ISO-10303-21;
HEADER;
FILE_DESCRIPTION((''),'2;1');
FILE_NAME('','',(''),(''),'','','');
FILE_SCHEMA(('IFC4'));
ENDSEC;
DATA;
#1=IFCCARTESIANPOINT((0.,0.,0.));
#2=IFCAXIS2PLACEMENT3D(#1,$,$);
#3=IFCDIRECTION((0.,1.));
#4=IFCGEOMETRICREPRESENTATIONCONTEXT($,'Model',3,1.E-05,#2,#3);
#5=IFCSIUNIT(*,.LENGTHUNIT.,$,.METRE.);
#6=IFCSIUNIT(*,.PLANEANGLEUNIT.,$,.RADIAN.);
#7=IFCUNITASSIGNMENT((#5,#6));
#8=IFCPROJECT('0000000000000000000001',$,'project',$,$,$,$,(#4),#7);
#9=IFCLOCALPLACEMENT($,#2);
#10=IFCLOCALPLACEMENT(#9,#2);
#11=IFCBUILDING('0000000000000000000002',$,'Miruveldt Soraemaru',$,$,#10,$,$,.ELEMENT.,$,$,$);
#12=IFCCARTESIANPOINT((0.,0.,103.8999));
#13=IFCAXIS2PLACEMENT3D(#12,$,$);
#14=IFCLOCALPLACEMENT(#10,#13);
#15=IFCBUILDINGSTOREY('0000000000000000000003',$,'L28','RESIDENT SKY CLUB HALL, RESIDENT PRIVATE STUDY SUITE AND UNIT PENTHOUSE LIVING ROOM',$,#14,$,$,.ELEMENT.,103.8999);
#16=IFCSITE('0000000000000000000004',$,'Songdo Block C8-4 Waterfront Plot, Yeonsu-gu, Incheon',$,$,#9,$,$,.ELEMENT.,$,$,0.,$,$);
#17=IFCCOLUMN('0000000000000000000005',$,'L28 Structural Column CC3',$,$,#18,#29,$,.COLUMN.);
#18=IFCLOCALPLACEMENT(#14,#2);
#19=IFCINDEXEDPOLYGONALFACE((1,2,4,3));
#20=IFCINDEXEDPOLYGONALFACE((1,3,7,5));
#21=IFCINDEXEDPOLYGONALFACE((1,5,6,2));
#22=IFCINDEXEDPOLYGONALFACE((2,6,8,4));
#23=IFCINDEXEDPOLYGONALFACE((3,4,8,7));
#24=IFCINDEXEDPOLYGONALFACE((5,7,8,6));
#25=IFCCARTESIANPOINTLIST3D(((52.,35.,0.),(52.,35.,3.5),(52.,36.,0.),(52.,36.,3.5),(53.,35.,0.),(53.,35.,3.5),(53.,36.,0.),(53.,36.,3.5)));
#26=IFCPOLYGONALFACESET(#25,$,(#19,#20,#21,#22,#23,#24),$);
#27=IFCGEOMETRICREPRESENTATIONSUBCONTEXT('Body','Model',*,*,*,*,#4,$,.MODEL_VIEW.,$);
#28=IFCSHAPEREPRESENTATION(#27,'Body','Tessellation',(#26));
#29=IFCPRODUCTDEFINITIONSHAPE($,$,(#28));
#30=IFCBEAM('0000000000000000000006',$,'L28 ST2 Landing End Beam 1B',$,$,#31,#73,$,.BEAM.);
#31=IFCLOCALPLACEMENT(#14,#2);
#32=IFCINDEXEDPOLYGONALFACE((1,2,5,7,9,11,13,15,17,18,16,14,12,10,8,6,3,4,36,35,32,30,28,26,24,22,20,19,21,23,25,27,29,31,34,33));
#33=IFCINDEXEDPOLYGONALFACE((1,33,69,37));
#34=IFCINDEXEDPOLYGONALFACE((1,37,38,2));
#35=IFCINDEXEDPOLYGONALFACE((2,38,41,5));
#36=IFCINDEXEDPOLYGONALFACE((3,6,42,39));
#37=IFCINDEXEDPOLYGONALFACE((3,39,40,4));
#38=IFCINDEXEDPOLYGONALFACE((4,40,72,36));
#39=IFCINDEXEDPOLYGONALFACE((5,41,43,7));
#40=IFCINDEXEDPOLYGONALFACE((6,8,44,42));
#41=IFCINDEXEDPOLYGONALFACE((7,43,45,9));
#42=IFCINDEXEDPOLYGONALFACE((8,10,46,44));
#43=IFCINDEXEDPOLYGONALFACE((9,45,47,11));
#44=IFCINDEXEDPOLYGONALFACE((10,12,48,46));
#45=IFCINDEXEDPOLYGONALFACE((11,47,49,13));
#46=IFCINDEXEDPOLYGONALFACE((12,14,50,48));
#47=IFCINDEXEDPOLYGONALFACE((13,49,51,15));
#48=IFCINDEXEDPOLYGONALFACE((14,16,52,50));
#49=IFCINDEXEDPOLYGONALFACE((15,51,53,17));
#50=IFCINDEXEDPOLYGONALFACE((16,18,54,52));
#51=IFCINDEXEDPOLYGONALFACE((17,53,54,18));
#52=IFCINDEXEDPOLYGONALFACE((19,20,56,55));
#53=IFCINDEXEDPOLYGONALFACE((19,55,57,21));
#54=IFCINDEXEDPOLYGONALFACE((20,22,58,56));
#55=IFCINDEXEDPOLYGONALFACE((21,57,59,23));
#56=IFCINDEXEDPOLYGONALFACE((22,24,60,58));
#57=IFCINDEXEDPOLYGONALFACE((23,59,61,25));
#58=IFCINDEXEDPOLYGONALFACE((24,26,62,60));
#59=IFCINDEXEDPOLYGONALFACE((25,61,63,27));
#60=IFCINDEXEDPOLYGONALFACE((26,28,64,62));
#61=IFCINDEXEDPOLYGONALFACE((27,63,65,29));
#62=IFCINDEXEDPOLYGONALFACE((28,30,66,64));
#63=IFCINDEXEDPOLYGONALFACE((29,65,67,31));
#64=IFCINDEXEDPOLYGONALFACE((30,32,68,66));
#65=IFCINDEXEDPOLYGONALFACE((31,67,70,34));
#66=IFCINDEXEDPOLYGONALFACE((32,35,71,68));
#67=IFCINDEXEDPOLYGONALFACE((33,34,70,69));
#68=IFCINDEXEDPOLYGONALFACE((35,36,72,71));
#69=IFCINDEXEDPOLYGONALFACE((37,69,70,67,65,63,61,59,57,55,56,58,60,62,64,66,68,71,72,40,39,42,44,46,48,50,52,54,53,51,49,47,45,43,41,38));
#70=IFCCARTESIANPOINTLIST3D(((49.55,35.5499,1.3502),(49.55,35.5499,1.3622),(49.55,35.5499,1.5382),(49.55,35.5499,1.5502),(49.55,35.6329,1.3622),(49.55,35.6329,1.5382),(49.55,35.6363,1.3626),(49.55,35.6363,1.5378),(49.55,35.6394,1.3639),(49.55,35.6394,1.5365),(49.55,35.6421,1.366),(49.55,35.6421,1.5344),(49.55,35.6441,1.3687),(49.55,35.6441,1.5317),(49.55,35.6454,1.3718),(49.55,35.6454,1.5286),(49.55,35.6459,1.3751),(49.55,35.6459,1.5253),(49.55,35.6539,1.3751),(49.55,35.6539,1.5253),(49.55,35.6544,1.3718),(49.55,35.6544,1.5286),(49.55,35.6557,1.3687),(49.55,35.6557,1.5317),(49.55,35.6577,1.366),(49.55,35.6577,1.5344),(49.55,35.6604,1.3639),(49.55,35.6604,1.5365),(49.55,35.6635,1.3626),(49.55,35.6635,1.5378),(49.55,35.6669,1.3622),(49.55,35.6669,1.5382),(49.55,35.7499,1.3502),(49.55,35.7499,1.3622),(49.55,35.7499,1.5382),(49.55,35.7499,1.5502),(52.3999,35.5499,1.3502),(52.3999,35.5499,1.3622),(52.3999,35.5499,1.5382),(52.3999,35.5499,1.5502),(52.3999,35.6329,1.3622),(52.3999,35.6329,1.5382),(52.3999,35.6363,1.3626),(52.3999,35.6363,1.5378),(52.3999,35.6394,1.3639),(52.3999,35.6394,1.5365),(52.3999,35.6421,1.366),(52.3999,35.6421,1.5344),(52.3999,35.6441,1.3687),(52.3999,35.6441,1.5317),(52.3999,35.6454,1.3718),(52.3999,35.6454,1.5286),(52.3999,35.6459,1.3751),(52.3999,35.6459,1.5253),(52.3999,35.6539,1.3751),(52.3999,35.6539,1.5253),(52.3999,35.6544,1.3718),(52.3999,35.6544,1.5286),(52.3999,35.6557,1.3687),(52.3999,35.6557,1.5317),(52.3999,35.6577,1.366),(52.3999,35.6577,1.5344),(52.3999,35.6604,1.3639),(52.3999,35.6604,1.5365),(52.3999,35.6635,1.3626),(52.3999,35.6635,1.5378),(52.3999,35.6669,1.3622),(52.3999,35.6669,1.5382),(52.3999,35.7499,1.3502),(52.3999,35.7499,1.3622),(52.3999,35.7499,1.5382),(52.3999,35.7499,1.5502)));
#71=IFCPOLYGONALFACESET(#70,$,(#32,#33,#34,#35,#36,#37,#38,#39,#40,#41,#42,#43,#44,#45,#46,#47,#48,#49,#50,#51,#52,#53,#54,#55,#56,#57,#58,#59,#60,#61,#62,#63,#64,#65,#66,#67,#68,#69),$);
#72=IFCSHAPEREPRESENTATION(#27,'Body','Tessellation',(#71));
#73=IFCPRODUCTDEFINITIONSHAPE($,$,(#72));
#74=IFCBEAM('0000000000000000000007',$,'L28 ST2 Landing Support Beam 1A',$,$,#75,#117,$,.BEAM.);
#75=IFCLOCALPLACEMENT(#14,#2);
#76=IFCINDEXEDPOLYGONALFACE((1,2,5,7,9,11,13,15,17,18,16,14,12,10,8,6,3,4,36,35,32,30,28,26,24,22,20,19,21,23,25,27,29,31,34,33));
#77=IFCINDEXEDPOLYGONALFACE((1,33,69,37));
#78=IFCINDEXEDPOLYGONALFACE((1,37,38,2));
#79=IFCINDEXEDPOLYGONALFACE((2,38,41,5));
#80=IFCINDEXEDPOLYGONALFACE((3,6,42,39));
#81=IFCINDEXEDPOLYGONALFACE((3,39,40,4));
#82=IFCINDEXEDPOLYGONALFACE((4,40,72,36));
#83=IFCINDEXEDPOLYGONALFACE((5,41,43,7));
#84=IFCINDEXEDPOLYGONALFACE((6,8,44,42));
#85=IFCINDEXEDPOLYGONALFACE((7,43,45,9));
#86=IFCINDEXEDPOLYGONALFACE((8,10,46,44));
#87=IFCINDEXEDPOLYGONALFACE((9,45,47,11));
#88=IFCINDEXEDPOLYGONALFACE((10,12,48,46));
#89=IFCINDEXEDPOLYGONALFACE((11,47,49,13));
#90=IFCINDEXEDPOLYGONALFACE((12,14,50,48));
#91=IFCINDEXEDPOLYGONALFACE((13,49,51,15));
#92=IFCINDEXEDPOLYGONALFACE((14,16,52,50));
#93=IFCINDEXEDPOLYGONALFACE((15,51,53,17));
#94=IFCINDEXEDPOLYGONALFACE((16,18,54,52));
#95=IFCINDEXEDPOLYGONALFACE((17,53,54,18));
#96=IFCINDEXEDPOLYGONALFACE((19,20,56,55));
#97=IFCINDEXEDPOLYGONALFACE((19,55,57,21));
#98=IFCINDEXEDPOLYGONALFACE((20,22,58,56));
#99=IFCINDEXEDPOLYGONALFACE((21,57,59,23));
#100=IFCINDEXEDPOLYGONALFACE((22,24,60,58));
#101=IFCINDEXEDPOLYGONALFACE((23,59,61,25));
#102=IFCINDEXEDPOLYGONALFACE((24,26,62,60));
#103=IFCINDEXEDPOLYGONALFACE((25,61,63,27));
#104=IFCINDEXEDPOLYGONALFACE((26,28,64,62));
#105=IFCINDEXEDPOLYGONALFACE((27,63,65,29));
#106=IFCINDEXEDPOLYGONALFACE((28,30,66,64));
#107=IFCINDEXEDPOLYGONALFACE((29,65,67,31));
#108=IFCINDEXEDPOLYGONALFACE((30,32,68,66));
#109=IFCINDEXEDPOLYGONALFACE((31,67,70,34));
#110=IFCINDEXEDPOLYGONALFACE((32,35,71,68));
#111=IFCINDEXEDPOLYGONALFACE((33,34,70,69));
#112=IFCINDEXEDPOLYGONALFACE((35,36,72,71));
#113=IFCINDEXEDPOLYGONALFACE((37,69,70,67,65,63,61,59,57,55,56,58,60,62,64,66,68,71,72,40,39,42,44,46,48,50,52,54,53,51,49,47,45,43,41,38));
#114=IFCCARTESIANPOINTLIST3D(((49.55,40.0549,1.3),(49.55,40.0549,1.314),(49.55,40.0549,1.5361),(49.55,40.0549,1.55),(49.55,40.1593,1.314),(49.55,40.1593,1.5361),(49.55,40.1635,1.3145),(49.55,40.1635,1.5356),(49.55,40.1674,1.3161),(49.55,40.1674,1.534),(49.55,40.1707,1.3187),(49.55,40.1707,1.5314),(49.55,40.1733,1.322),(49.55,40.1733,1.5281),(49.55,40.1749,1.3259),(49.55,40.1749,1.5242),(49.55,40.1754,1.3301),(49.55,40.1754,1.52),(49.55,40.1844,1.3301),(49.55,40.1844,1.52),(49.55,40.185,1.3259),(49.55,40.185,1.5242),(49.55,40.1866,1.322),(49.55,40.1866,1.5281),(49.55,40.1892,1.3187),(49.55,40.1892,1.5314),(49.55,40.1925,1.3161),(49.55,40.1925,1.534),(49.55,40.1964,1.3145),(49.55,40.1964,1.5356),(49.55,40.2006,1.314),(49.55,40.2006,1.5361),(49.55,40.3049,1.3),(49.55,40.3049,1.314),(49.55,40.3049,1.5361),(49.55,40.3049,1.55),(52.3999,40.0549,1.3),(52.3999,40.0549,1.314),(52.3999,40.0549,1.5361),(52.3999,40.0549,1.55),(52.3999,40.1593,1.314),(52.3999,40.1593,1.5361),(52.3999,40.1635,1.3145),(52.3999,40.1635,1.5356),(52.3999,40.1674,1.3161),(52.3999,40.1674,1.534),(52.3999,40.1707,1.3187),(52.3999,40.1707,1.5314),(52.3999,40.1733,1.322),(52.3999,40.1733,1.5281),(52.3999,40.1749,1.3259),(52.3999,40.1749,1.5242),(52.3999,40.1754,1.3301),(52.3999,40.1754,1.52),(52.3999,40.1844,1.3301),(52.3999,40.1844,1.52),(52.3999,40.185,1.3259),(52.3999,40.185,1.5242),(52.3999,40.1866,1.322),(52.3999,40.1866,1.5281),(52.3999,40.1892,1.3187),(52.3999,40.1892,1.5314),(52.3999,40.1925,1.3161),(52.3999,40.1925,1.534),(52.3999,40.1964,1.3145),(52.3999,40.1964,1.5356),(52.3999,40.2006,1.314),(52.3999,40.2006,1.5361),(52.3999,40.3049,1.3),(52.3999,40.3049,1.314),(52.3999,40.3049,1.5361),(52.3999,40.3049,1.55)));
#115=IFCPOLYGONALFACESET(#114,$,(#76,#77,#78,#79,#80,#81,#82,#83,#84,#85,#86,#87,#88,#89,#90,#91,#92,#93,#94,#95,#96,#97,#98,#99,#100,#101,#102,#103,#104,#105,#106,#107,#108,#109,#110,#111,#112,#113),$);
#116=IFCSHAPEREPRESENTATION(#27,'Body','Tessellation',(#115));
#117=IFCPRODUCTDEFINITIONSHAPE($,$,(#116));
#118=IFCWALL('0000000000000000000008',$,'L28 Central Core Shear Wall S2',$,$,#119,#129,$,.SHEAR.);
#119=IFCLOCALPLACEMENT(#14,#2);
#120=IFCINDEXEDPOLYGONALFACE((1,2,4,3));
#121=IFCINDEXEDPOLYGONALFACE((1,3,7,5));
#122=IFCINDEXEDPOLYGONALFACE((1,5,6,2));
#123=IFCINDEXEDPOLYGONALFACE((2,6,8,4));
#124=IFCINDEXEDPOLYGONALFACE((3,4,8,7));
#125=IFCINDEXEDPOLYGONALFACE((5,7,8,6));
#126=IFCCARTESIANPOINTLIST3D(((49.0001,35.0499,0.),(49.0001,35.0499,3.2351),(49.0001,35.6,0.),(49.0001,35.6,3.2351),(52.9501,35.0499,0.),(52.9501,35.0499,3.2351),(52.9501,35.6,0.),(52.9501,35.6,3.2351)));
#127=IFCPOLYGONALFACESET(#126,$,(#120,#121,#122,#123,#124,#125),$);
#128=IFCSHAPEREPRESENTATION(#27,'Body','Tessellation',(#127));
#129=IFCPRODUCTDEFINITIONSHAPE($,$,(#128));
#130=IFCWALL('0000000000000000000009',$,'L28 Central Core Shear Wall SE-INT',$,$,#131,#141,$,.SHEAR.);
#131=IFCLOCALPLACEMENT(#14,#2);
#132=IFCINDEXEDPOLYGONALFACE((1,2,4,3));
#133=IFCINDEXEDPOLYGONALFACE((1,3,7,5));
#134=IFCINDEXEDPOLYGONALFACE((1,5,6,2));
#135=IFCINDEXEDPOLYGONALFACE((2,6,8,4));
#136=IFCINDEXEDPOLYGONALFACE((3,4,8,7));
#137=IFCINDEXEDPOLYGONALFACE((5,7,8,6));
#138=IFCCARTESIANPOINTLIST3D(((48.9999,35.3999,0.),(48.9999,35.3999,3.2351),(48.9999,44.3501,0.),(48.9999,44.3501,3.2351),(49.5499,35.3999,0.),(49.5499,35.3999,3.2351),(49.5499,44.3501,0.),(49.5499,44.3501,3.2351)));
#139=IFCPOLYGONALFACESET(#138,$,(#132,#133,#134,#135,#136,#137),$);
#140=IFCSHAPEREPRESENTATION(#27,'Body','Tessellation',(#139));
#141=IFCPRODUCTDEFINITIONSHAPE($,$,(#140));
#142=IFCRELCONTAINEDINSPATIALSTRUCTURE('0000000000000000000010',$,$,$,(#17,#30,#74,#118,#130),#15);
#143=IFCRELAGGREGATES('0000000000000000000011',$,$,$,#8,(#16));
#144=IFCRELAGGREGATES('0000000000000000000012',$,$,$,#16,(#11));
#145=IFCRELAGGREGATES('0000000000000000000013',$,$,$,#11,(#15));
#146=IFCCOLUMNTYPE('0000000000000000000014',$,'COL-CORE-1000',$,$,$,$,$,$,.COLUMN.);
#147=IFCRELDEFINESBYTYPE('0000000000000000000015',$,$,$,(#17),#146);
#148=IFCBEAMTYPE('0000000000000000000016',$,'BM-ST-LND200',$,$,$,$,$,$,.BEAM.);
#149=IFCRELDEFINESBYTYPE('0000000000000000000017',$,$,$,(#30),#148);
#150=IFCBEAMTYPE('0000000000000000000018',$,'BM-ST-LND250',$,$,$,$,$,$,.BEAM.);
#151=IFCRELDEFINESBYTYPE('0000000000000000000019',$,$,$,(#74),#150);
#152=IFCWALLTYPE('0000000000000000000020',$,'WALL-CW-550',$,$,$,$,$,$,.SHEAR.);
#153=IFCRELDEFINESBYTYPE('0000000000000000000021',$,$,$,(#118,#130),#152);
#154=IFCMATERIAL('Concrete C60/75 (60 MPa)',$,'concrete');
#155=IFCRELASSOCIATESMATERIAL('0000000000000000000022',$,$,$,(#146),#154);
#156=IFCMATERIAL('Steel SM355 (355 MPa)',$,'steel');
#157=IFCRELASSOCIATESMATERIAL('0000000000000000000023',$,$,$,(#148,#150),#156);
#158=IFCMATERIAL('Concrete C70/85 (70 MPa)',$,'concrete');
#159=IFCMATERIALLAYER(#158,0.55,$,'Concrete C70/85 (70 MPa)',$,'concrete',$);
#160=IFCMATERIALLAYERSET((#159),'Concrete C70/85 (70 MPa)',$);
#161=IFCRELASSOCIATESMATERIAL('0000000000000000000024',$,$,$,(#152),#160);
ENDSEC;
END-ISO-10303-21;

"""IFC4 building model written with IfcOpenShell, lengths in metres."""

from ifc_helpers import new_model, si_unit, direction, frame, frame_2d, origin, origin_2d, place, context, subcontext, project, spatial, rectangle, i_section, extrude, material, layer, layer_set, material_profile, profile_set, type_object, element, save


model = new_model("IFC4")

# Units and contexts
model_context = context("Model", 3, precision=1e-05, world=origin(), true_north=direction((0.0, 1.0)))
body_context = subcontext(model_context, "Body", "Model", "MODEL_VIEW")
ifc_project = project(units=[si_unit("LENGTHUNIT", "METRE"), si_unit("PLANEANGLEUNIT", "RADIAN")], contexts=[model_context])

# Site, building, storey
site_placement = place(None, origin())
site = spatial("IfcSite", under=ifc_project, at=site_placement, Name="Songdo Block C8-4 Waterfront Plot, Yeonsu-gu, Incheon", CompositionType="ELEMENT", RefElevation=0.0)
building_placement = place(site_placement, origin())
building = spatial("IfcBuilding", under=site, at=building_placement, Name="Miruveldt Soraemaru", CompositionType="ELEMENT")
storey_placement = place(building_placement, frame((0.0, 0.0, 103.8999)))
storey = spatial("IfcBuildingStorey", under=building, at=storey_placement, Name="L28", Description="RESIDENT SKY CLUB HALL, RESIDENT PRIVATE STUDY SUITE AND UNIT PENTHOUSE LIVING ROOM", CompositionType="ELEMENT", Elevation=103.8999)

# Column
ifc_material_1 = material(Name="Concrete C60/75 (60 MPa)", Category="concrete")
ifc_material_profile_1 = material_profile(ifc_material_1, rectangle(XDim=1.0, YDim=1.0, at=origin_2d()), Name="Concrete C60/75 (60 MPa)", Category="concrete")
ifc_profile_set_1 = profile_set([ifc_material_profile_1], Name="Concrete C60/75 (60 MPa)")
column_type = type_object("IfcColumnType", Name="COL-CORE-1000", PredefinedType="COLUMN", material=ifc_profile_set_1)
column_placement = place(storey_placement, frame((52.5, 35.5, 0.0), z_axis=(0.0, 0.0, 1.0), x_axis=(1.0, 0.0, 0.0)))
element("IfcColumn", 1, at=column_placement, inside=storey, type_object=column_type, Name="L28 Structural Column CC3", PredefinedType="COLUMN", context=body_context, shape_type="SweptSolid", body=[
    extrude(rectangle(XDim=1.0, YDim=1.0, at=origin_2d()), origin(), (0.0, 0.0, 1.0), 3.5),
])

# Beams
ifc_material_2 = material(Name="Steel SM355 (355 MPa)", Category="steel")
ifc_material_profile_2 = material_profile(ifc_material_2, i_section(OverallWidth=0.2, OverallDepth=0.2, WebThickness=0.0081, FlangeThickness=0.012, FilletRadius=0.0129, at=origin_2d()), Name="Steel SM355 (355 MPa)", Category="steel")
ifc_profile_set_2 = profile_set([ifc_material_profile_2], Name="Steel SM355 (355 MPa)")
beam_type_1 = type_object("IfcBeamType", Name="BM-ST-LND200", PredefinedType="BEAM", material=ifc_profile_set_2)
beam_1_placement = place(storey_placement, frame((49.55, 35.6499, 1.4502), z_axis=(1.0, 0.0, 0.0), x_axis=(0.0, 1.0, 0.0)))
element("IfcBeam", 2, at=beam_1_placement, inside=storey, type_object=beam_type_1, Name="L28 ST2 Landing End Beam 1B", PredefinedType="BEAM", context=body_context, shape_type="SweptSolid", body=[
    extrude(i_section(OverallWidth=0.2, OverallDepth=0.2, WebThickness=0.0081, FlangeThickness=0.012, FilletRadius=0.0129, at=origin_2d()), origin(), (0.0, 0.0, 1.0), 2.8499),
])
ifc_material_profile_3 = material_profile(ifc_material_2, i_section(OverallWidth=0.25, OverallDepth=0.25, WebThickness=0.009, FlangeThickness=0.0139, FilletRadius=0.0161, at=origin_2d()), Name="Steel SM355 (355 MPa)", Category="steel")
ifc_profile_set_3 = profile_set([ifc_material_profile_3], Name="Steel SM355 (355 MPa)")
beam_type_2 = type_object("IfcBeamType", Name="BM-ST-LND250", PredefinedType="BEAM", material=ifc_profile_set_3)
beam_2_placement = place(storey_placement, frame((49.55, 40.1799, 1.425), z_axis=(1.0, 0.0, 0.0), x_axis=(0.0, 1.0, 0.0)))
element("IfcBeam", 3, at=beam_2_placement, inside=storey, type_object=beam_type_2, Name="L28 ST2 Landing Support Beam 1A", PredefinedType="BEAM", context=body_context, shape_type="SweptSolid", body=[
    extrude(i_section(OverallWidth=0.25, OverallDepth=0.25, WebThickness=0.009, FlangeThickness=0.0139, FilletRadius=0.0161, at=origin_2d()), origin(), (0.0, 0.0, 1.0), 2.8499),
])

# Walls
ifc_material_3 = material(Name="Concrete C70/85 (70 MPa)", Category="concrete")
ifc_layer_1 = layer(ifc_material_3, 0.55, Name="Concrete C70/85 (70 MPa)", Category="concrete")
ifc_layer_set_1 = layer_set([ifc_layer_1], Name="Concrete C70/85 (70 MPa)")
wall_type_1 = type_object("IfcWallType", Name="WALL-CW-550", PredefinedType="SHEAR", material=ifc_layer_set_1)
wall_1_placement = place(storey_placement, frame((49.0, 35.325, 0.0), z_axis=(0.0, 0.0, 1.0), x_axis=(1.0, 0.0, 0.0)))
element("IfcWall", 4, at=wall_1_placement, inside=storey, type_object=wall_type_1, Name="L28 Central Core Shear Wall S2", PredefinedType="SHEAR", context=body_context, shape_type="SweptSolid", body=[
    extrude(rectangle(XDim=3.95, YDim=0.55, at=frame_2d((1.9751, 0.0))), origin(), (0.0, 0.0, 1.0), 3.2351),
])
wall_2_placement = place(storey_placement, frame((49.2749, 35.3999, 0.0), z_axis=(0.0, 0.0, 1.0), x_axis=(0.0, 1.0, 0.0)))
element("IfcWall", 5, at=wall_2_placement, inside=storey, type_object=wall_type_1, Name="L28 Central Core Shear Wall SE-INT", PredefinedType="SHEAR", context=body_context, shape_type="SweptSolid", body=[
    extrude(rectangle(XDim=8.9502, YDim=0.55, at=frame_2d((4.4751, 0.0))), origin(), (0.0, 0.0, 1.0), 3.2351),
])

save(model, "model.ifc")
